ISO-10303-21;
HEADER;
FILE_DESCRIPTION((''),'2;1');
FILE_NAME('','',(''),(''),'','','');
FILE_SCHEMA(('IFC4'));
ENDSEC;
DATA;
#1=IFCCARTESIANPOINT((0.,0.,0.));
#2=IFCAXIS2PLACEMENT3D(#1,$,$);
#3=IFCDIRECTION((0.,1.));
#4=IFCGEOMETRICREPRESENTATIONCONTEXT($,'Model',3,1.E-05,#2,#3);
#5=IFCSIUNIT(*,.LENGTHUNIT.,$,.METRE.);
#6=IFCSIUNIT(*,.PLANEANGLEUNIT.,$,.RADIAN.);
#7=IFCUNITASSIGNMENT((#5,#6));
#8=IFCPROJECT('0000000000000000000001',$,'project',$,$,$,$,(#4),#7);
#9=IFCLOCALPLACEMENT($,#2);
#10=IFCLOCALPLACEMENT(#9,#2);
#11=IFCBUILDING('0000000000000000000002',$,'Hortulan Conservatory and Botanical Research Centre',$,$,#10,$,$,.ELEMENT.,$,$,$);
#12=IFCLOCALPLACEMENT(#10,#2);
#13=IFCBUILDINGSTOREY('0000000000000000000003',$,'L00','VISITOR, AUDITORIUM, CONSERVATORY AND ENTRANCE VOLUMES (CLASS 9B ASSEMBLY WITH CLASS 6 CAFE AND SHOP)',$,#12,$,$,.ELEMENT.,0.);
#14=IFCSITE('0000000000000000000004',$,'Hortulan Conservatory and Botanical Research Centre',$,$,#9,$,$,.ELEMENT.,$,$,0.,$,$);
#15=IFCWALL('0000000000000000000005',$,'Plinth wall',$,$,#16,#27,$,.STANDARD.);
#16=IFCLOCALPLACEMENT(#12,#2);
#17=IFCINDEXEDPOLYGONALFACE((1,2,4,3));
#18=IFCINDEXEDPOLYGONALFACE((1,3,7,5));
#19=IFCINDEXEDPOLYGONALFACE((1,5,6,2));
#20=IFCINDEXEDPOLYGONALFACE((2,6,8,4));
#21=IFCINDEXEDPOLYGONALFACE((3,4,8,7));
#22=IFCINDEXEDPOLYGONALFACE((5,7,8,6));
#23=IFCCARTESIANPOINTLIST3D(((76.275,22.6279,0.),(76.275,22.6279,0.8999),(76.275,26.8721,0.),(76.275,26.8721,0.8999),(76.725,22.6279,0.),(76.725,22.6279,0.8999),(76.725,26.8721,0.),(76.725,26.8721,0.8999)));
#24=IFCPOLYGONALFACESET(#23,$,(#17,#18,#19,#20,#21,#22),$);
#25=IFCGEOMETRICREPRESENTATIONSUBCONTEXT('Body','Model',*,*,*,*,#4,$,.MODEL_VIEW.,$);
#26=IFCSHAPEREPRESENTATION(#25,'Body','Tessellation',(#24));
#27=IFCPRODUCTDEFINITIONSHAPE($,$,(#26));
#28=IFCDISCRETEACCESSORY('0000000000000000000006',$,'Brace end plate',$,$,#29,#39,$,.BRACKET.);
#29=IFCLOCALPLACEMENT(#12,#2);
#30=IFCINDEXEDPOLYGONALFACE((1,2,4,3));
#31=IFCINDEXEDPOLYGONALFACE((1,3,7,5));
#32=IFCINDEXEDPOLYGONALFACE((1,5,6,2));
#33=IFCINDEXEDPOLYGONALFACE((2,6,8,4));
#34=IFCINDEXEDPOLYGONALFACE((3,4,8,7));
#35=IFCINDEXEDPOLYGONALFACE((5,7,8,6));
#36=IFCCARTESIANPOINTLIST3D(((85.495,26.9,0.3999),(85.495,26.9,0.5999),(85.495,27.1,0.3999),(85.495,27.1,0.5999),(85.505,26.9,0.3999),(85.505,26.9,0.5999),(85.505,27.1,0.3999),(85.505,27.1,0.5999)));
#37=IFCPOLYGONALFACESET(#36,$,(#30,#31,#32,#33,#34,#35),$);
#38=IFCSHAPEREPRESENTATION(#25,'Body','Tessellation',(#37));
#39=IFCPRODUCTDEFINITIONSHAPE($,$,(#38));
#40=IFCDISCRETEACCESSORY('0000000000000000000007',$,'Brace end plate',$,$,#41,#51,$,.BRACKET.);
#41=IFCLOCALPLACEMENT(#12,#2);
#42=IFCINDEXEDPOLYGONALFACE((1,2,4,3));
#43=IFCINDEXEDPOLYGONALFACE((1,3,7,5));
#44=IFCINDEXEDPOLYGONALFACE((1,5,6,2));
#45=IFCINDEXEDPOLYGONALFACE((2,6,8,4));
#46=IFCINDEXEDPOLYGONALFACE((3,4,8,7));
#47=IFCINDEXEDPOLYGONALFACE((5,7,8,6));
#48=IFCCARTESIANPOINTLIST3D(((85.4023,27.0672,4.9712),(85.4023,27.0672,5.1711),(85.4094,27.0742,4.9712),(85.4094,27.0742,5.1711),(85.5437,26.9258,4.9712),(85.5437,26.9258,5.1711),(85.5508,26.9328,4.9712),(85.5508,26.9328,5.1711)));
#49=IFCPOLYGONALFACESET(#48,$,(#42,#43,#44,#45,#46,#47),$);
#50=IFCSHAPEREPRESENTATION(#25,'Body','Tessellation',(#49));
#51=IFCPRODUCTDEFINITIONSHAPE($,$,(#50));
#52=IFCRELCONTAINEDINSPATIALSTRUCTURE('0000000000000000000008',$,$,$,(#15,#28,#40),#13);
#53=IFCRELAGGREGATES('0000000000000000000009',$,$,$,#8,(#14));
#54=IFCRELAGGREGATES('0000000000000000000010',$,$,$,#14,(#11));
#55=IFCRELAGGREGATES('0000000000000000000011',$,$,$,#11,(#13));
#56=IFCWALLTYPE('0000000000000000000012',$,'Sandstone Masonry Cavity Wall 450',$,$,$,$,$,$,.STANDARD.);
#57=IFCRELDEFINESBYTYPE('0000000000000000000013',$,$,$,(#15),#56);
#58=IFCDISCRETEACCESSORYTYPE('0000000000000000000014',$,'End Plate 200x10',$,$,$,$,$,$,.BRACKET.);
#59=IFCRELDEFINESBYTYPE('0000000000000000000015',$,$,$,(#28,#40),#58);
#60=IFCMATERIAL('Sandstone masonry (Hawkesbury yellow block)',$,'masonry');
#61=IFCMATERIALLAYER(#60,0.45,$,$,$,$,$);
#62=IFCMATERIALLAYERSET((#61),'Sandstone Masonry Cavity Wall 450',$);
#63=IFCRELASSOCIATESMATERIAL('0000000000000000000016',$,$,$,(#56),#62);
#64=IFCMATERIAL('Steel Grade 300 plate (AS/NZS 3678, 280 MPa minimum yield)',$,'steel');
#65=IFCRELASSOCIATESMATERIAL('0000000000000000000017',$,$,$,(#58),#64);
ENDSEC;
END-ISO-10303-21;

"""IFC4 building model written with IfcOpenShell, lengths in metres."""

from ifc_helpers import new_model, si_unit, direction, frame, frame_2d, origin, origin_2d, place, context, subcontext, project, spatial, rectangle, extrude, material, layer, layer_set, type_object, element, save


model = new_model("IFC4")

# Units and contexts
model_context = context("Model", 3, precision=1e-05, world=origin(), true_north=direction((0.0, 1.0)))
body_context = subcontext(model_context, "Body", "Model", "MODEL_VIEW")
ifc_project = project(units=[si_unit("LENGTHUNIT", "METRE"), si_unit("PLANEANGLEUNIT", "RADIAN")], contexts=[model_context])

# Site, building, storey
site_placement = place(None, origin())
site = spatial("IfcSite", under=ifc_project, at=site_placement, Name="Hortulan Conservatory and Botanical Research Centre", CompositionType="ELEMENT", RefElevation=0.0)
building_placement = place(site_placement, origin())
building = spatial("IfcBuilding", under=site, at=building_placement, Name="Hortulan Conservatory and Botanical Research Centre", CompositionType="ELEMENT")
storey_placement = place(building_placement, origin())
storey = spatial("IfcBuildingStorey", under=building, at=storey_placement, Name="L00", Description="VISITOR, AUDITORIUM, CONSERVATORY AND ENTRANCE VOLUMES (CLASS 9B ASSEMBLY WITH CLASS 6 CAFE AND SHOP)", CompositionType="ELEMENT", Elevation=0.0)

# Wall
ifc_material_1 = material(Name="Sandstone masonry (Hawkesbury yellow block)", Category="masonry")
ifc_layer_1 = layer(ifc_material_1, 0.45)
ifc_layer_set_1 = layer_set([ifc_layer_1], Name="Sandstone Masonry Cavity Wall 450")
wall_type_1 = type_object("IfcWallType", Name="Sandstone Masonry Cavity Wall 450", PredefinedType="STANDARD", material=ifc_layer_set_1)
wall_1_placement = place(storey_placement, frame((76.5, 26.8721, 0.0), z_axis=(0.0, 0.0, 1.0), x_axis=(0.0, -1.0, 0.0)))
element("IfcWall", 1, at=wall_1_placement, inside=storey, type_object=wall_type_1, Name="Plinth wall", PredefinedType="STANDARD", context=body_context, shape_type="SweptSolid", body=[
    extrude(rectangle(XDim=4.2441, YDim=0.45, at=frame_2d((2.1221, 0.0))), origin(), (0.0, 0.0, 1.0), 0.8999),
])

# Discrete accessories
ifc_material_2 = material(Name="Steel Grade 300 plate (AS/NZS 3678, 280 MPa minimum yield)", Category="steel")
discrete_accessory_type = type_object("IfcDiscreteAccessoryType", Name="End Plate 200x10", PredefinedType="BRACKET", material=ifc_material_2)
for number, where, z_axis, x_axis, name in (
    (2, (85.5, 27.0, 0.3999), (0.0, 0.0, 1.0), (0.0, -1.0, 0.0), "Brace end plate"),
    (3, (85.4766, 27.0, 4.9712), (0.0, 0.0, 1.0), (0.707107, -0.707107, 0.0), "Brace end plate"),
):
    element("IfcDiscreteAccessory", number, at=place(storey_placement, frame(where, z_axis=z_axis, x_axis=x_axis)), inside=storey, type_object=discrete_accessory_type, Name=name, PredefinedType="BRACKET", context=body_context, shape_type="SweptSolid", body=[
        extrude(rectangle(XDim=0.2, YDim=0.01, at=origin_2d()), origin(), (0.0, 0.0, 1.0), 0.2),
    ])

save(model, "model.ifc")
